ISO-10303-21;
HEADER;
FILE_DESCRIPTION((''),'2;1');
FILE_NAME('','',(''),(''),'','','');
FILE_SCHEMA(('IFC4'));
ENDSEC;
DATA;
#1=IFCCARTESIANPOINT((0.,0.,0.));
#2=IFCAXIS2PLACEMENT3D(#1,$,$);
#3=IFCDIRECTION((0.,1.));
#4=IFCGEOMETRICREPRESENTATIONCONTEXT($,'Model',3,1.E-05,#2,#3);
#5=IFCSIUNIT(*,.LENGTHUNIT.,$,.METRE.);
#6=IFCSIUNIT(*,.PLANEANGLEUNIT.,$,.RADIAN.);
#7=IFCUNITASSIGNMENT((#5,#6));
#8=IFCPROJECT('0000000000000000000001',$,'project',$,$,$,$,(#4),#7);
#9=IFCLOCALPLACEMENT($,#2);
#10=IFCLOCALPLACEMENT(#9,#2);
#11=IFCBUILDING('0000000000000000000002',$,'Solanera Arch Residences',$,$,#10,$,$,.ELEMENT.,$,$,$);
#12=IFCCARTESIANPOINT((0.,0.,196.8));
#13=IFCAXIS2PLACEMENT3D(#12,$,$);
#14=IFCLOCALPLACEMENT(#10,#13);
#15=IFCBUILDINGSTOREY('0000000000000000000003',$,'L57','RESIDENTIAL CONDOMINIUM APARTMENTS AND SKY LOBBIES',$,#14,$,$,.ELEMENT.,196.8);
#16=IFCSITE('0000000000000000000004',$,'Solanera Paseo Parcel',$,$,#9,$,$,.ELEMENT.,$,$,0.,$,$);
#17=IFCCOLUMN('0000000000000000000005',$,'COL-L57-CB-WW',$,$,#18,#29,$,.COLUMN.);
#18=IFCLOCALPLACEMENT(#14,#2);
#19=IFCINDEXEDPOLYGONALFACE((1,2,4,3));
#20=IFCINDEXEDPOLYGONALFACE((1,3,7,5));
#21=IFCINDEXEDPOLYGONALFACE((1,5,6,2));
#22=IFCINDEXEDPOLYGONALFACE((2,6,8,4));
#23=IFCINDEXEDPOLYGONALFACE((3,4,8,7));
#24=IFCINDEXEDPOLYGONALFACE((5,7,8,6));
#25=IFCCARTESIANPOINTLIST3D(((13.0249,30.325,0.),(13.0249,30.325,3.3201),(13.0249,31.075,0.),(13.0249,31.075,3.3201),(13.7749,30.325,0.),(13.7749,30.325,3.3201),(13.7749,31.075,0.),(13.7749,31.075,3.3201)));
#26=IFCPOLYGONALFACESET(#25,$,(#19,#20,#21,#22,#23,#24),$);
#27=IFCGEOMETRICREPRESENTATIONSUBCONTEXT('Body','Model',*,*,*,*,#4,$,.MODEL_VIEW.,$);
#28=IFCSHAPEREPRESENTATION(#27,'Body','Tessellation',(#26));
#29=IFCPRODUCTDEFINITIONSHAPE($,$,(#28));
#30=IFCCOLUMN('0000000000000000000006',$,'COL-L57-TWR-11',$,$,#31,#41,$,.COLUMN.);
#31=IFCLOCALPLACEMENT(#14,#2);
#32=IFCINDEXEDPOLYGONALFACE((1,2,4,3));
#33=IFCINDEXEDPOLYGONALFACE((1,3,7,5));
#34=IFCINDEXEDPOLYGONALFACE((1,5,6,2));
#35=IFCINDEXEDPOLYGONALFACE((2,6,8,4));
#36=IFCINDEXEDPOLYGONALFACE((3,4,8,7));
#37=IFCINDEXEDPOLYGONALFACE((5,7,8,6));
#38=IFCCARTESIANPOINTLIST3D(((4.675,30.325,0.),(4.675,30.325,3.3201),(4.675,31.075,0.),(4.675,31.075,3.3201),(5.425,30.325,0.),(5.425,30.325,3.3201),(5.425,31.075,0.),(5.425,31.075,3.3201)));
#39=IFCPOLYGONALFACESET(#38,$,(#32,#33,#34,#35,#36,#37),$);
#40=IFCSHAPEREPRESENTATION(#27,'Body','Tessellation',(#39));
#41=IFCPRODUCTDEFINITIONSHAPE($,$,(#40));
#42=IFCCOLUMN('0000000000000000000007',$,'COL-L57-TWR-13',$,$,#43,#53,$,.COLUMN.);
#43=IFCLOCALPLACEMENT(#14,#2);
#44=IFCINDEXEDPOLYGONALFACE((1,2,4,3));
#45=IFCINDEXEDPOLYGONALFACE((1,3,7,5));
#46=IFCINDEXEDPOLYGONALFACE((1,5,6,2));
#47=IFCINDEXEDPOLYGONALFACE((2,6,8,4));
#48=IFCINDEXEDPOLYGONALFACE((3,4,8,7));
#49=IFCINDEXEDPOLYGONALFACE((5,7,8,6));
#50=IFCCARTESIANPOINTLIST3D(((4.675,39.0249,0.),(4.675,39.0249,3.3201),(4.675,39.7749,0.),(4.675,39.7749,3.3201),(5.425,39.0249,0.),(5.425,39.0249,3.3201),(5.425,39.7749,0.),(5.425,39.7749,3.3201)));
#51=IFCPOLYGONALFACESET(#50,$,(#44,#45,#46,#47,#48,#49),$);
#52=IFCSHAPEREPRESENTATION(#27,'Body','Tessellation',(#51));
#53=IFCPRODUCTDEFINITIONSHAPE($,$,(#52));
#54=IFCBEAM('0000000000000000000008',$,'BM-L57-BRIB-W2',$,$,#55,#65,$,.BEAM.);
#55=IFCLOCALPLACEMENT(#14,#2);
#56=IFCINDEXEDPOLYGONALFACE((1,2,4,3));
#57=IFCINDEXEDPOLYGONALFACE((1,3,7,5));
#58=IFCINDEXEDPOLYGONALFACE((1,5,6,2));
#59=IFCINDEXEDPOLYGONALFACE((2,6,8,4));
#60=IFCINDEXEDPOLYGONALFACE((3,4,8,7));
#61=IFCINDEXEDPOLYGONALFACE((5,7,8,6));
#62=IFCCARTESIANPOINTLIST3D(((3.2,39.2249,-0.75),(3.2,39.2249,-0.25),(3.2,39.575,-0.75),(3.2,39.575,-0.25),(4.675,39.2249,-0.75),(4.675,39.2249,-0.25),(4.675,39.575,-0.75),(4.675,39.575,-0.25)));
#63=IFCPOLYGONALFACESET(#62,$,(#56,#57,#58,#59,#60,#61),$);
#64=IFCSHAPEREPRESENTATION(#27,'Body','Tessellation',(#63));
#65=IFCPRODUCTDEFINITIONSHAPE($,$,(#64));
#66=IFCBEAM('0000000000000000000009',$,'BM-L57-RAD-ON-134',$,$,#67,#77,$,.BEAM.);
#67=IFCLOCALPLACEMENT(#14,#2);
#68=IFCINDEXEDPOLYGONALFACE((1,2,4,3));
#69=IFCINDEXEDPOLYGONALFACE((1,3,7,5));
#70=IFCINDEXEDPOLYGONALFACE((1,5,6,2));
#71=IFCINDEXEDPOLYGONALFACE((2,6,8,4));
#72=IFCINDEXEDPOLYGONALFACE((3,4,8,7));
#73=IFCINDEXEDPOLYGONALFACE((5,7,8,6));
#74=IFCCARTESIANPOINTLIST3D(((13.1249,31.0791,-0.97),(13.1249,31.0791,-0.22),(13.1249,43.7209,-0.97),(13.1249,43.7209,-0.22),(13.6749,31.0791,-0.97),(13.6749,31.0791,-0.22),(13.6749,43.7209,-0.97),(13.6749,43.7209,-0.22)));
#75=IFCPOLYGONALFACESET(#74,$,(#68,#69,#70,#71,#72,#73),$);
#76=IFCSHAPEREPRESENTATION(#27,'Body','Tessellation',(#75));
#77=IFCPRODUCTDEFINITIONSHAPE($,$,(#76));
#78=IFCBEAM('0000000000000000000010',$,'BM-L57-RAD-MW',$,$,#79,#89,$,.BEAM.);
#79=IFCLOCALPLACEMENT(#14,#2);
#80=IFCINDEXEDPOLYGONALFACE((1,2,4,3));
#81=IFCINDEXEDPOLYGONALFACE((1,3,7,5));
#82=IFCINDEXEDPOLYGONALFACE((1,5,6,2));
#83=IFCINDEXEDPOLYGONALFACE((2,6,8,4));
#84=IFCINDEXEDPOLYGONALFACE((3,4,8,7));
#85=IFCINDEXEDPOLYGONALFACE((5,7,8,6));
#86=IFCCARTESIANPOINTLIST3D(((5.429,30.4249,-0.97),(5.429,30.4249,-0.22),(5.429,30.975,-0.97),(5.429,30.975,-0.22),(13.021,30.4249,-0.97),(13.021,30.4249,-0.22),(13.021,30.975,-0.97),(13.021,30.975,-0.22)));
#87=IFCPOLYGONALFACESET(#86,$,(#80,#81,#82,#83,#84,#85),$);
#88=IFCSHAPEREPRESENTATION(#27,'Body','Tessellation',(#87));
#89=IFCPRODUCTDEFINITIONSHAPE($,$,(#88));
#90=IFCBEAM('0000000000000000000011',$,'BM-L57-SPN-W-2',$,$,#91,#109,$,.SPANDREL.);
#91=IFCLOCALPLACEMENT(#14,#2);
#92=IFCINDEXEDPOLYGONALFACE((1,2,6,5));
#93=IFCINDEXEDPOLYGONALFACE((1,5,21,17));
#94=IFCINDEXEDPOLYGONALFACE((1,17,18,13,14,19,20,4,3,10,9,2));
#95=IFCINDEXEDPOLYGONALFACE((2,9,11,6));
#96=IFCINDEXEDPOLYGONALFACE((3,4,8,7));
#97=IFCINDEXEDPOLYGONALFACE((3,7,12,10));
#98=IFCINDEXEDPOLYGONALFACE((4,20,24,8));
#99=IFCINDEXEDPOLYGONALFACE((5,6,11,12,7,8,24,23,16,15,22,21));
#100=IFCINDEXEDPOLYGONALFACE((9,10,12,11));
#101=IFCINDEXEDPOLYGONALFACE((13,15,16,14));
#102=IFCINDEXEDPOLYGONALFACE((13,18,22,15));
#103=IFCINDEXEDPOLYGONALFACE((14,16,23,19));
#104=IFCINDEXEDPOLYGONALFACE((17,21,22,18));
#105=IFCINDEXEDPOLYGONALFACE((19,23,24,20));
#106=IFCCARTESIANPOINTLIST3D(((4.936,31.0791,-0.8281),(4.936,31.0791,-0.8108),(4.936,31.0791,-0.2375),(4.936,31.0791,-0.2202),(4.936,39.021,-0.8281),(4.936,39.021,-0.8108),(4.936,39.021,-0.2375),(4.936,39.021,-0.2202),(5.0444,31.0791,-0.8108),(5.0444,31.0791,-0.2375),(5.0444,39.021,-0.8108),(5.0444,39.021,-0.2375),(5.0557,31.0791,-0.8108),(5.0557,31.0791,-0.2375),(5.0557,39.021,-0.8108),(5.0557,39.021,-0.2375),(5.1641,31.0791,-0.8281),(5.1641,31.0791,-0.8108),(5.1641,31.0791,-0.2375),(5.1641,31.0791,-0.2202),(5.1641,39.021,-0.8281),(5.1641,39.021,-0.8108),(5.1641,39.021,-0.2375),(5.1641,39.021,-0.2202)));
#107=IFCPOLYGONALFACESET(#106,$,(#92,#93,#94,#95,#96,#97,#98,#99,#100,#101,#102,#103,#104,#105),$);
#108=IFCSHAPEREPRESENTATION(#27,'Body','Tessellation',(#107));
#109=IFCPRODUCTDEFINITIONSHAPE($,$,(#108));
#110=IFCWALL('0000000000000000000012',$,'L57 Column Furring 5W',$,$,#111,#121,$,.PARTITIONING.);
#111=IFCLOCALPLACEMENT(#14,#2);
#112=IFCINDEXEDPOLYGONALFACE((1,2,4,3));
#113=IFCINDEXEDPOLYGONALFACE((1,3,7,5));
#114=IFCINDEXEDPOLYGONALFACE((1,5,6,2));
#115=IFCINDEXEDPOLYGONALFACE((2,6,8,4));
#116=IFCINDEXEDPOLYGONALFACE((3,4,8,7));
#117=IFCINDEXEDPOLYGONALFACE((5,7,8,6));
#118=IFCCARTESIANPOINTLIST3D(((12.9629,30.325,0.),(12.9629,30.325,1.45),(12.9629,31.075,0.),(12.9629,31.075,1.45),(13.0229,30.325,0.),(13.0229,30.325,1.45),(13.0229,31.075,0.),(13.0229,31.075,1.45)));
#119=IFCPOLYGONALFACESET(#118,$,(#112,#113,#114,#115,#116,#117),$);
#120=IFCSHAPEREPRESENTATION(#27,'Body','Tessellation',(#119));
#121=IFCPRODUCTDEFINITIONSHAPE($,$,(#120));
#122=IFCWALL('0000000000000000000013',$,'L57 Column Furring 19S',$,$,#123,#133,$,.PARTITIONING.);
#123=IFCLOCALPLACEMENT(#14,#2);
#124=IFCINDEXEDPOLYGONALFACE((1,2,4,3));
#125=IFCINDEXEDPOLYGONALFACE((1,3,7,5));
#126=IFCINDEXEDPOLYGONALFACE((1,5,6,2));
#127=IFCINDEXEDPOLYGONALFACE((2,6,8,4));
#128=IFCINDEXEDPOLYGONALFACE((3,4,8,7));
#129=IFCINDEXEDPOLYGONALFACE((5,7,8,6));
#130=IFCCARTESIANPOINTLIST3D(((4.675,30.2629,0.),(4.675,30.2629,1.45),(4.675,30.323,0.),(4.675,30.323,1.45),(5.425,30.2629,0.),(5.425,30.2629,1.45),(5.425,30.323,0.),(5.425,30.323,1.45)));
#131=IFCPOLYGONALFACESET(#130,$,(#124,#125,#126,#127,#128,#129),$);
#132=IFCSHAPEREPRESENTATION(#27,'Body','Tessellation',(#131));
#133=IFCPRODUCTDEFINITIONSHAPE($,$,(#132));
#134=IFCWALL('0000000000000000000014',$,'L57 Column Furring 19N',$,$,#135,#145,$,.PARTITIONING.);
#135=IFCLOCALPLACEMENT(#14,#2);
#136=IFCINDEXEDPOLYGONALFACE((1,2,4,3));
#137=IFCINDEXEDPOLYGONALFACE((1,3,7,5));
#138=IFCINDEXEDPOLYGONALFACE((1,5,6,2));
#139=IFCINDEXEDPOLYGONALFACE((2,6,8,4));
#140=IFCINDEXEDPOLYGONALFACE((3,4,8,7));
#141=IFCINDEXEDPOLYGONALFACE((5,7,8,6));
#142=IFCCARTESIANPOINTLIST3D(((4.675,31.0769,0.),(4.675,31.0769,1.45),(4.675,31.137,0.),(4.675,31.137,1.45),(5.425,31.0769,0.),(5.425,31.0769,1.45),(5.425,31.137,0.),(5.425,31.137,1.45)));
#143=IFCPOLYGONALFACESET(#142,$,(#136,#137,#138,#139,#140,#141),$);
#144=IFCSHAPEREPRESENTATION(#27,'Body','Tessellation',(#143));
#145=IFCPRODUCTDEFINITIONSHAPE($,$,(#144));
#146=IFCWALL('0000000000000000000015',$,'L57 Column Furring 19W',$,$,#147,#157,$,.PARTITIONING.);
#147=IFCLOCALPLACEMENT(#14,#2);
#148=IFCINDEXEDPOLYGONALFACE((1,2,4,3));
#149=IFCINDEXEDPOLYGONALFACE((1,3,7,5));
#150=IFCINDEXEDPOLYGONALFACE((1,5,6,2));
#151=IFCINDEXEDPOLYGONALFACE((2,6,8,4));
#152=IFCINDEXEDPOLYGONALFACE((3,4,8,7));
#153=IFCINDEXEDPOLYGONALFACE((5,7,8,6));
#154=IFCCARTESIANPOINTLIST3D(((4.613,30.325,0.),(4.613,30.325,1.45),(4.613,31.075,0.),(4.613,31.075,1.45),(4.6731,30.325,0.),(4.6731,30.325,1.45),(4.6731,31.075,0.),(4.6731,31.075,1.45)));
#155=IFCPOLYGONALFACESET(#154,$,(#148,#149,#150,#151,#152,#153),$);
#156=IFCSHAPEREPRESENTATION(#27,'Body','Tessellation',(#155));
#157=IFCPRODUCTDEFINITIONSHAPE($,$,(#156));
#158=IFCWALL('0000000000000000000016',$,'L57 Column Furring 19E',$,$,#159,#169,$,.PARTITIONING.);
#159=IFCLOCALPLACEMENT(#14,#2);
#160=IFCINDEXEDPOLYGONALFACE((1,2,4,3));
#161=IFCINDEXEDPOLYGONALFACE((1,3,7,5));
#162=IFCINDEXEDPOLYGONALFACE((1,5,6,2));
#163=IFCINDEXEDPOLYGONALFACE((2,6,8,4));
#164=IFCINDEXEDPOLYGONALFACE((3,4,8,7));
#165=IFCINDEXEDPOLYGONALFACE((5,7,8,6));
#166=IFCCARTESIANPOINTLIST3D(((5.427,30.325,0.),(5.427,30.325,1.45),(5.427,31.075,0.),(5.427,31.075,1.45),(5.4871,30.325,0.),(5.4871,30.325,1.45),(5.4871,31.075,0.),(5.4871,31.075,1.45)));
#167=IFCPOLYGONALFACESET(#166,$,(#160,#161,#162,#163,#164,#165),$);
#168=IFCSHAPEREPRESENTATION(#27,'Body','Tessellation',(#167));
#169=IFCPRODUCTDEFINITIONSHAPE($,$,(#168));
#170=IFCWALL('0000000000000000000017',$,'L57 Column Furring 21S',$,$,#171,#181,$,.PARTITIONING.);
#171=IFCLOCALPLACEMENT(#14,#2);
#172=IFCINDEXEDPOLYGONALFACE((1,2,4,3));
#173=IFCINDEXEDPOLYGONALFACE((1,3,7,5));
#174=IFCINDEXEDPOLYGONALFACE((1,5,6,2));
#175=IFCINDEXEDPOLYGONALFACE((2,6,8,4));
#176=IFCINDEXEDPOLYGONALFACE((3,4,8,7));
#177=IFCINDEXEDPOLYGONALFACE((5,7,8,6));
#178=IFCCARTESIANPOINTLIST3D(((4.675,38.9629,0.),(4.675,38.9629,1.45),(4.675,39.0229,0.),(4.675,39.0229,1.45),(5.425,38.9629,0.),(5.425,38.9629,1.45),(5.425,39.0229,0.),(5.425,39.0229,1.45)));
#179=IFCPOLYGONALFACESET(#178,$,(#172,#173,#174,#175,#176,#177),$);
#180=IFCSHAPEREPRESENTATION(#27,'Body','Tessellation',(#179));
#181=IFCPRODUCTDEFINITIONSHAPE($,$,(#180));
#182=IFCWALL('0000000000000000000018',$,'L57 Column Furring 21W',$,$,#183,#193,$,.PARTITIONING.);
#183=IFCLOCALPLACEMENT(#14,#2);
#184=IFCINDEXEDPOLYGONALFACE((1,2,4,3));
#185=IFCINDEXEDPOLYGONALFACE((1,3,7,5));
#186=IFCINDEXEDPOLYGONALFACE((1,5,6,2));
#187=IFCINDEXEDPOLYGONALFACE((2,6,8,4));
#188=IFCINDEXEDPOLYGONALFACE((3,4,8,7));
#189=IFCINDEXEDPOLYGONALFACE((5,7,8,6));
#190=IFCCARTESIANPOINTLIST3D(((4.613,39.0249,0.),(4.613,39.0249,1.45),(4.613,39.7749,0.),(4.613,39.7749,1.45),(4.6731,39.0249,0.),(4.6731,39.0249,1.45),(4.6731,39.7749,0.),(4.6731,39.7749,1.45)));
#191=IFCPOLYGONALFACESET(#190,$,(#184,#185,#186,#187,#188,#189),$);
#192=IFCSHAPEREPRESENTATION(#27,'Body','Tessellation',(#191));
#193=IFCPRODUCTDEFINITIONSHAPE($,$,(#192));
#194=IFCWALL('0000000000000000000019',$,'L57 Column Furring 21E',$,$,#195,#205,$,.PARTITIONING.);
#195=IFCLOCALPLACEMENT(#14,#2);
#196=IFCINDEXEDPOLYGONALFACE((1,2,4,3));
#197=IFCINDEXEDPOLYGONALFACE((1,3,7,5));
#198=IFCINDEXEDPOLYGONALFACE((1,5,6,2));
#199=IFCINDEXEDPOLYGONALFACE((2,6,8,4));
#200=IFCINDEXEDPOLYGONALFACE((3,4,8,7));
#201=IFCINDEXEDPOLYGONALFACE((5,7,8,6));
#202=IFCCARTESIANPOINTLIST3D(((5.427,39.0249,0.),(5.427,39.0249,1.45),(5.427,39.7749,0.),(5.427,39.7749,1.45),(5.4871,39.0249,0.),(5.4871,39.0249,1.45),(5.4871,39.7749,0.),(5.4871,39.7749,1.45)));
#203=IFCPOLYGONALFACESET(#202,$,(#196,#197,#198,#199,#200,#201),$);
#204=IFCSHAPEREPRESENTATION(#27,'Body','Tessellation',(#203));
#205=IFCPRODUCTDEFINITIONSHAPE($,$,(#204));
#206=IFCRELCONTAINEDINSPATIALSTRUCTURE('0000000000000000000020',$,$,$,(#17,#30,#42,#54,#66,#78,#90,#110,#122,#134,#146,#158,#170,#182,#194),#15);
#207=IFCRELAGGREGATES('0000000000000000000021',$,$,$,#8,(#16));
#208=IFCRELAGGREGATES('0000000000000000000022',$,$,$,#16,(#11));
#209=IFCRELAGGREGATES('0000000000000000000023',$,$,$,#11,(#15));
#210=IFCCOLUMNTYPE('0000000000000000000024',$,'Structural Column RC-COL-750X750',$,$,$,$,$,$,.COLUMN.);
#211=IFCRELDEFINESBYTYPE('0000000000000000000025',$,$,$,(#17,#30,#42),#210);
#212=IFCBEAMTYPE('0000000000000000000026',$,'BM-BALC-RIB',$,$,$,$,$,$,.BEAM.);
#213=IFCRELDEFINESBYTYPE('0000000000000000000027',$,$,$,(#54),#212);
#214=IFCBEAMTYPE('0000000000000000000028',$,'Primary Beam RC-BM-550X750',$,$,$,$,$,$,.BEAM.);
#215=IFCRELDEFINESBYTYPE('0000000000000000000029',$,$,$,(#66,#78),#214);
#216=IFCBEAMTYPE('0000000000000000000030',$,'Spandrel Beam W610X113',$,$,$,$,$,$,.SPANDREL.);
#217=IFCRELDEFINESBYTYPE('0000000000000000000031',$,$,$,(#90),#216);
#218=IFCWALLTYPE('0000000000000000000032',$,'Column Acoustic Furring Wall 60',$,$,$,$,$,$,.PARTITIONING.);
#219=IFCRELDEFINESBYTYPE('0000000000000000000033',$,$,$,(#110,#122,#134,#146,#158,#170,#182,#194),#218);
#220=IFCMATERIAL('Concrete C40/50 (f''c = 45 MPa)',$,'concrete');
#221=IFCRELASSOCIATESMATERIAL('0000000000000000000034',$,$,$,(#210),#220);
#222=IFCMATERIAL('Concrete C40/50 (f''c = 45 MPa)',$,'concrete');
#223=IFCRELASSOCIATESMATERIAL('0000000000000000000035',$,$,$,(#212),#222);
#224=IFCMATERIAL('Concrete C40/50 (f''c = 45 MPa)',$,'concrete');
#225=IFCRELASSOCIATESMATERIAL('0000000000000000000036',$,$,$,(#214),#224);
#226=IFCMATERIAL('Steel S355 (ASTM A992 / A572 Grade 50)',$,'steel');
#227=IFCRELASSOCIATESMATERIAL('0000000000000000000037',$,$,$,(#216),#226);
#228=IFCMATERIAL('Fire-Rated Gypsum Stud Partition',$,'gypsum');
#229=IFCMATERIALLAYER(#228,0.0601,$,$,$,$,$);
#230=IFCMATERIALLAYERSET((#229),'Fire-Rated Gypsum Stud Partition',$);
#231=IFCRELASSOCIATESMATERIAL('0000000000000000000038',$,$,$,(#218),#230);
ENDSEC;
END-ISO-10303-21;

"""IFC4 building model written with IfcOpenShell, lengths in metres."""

from ifc_helpers import new_model, si_unit, direction, frame, frame_2d, origin, origin_2d, place, context, subcontext, project, spatial, rectangle, i_section, extrude, material, layer, layer_set, material_profile, profile_set, type_object, element, save


model = new_model("IFC4")

# Units and contexts
model_context = context("Model", 3, precision=1e-05, world=origin(), true_north=direction((0.0, 1.0)))
body_context = subcontext(model_context, "Body", "Model", "MODEL_VIEW")
ifc_project = project(units=[si_unit("LENGTHUNIT", "METRE"), si_unit("PLANEANGLEUNIT", "RADIAN")], contexts=[model_context])

# Site, building, storey
site_placement = place(None, origin())
site = spatial("IfcSite", under=ifc_project, at=site_placement, Name="Solanera Paseo Parcel", CompositionType="ELEMENT", RefElevation=0.0)
building_placement = place(site_placement, origin())
building = spatial("IfcBuilding", under=site, at=building_placement, Name="Solanera Arch Residences", CompositionType="ELEMENT")
storey_placement = place(building_placement, frame((0.0, 0.0, 196.8)))
storey = spatial("IfcBuildingStorey", under=building, at=storey_placement, Name="L57", Description="RESIDENTIAL CONDOMINIUM APARTMENTS AND SKY LOBBIES", CompositionType="ELEMENT", Elevation=196.8)

# Columns
ifc_material_1 = material(Name="Concrete C40/50 (f'c = 45 MPa)", Category="concrete")
ifc_material_profile_1 = material_profile(ifc_material_1, rectangle(XDim=0.75, YDim=0.75, at=origin_2d()))
ifc_profile_set_1 = profile_set([ifc_material_profile_1], Name="Concrete C40/50 (f'c = 45 MPa)")
column_type = type_object("IfcColumnType", Name="Structural Column RC-COL-750X750", PredefinedType="COLUMN", material=ifc_profile_set_1)
for number, where, z_axis, x_axis, name in (
    (1, (13.3999, 30.7, 0.0), (0.0, 0.0, 1.0), (1.0, 0.0, 0.0), "COL-L57-CB-WW"),
    (2, (5.05, 30.7, 0.0), (0.0, 0.0, 1.0), (1.0, 0.0, 0.0), "COL-L57-TWR-11"),
    (3, (5.05, 39.3999, 0.0), (0.0, 0.0, 1.0), (1.0, 0.0, 0.0), "COL-L57-TWR-13"),
):
    element("IfcColumn", number, at=place(storey_placement, frame(where, z_axis=z_axis, x_axis=x_axis)), inside=storey, type_object=column_type, Name=name, PredefinedType="COLUMN", context=body_context, shape_type="SweptSolid", body=[
        extrude(rectangle(XDim=0.75, YDim=0.75, at=origin_2d()), origin(), (0.0, 0.0, 1.0), 3.3201),
    ])

# Beams
ifc_material_2 = material(Name="Concrete C40/50 (f'c = 45 MPa)", Category="concrete")
ifc_material_profile_2 = material_profile(ifc_material_2, rectangle(XDim=0.3501, YDim=0.5, at=origin_2d()))
ifc_profile_set_2 = profile_set([ifc_material_profile_2], Name="Concrete C40/50 (f'c = 45 MPa)")
beam_type_1 = type_object("IfcBeamType", Name="BM-BALC-RIB", PredefinedType="BEAM", material=ifc_profile_set_2)
beam_1_placement = place(storey_placement, frame((3.2, 39.3999, -0.5), z_axis=(1.0, 0.0, 0.0), x_axis=(0.0, 1.0, 0.0)))
element("IfcBeam", 4, at=beam_1_placement, inside=storey, type_object=beam_type_1, Name="BM-L57-BRIB-W2", PredefinedType="BEAM", context=body_context, shape_type="SweptSolid", body=[
    extrude(rectangle(XDim=0.3501, YDim=0.5, at=origin_2d()), origin(), (0.0, 0.0, 1.0), 1.4751),
])
ifc_material_3 = material(Name="Concrete C40/50 (f'c = 45 MPa)", Category="concrete")
ifc_material_profile_3 = material_profile(ifc_material_3, rectangle(XDim=0.55, YDim=0.75, at=origin_2d()))
ifc_profile_set_3 = profile_set([ifc_material_profile_3], Name="Concrete C40/50 (f'c = 45 MPa)")
beam_type_2 = type_object("IfcBeamType", Name="Primary Beam RC-BM-550X750", PredefinedType="BEAM", material=ifc_profile_set_3)
beam_2_placement = place(storey_placement, frame((13.3999, 31.0791, -0.595), z_axis=(0.0, 1.0, 0.0), x_axis=(-1.0, 0.0, 0.0)))
element("IfcBeam", 5, at=beam_2_placement, inside=storey, type_object=beam_type_2, Name="BM-L57-RAD-ON-134", PredefinedType="BEAM", context=body_context, shape_type="SweptSolid", body=[
    extrude(rectangle(XDim=0.55, YDim=0.75, at=origin_2d()), origin(), (0.0, 0.0, 1.0), 12.6418),
])
beam_3_placement = place(storey_placement, frame((5.429, 30.7, -0.595), z_axis=(1.0, 0.0, 0.0), x_axis=(0.0, 1.0, 0.0)))
element("IfcBeam", 6, at=beam_3_placement, inside=storey, type_object=beam_type_2, Name="BM-L57-RAD-MW", PredefinedType="BEAM", context=body_context, shape_type="SweptSolid", body=[
    extrude(rectangle(XDim=0.55, YDim=0.75, at=origin_2d()), origin(), (0.0, 0.0, 1.0), 7.592),
])
ifc_material_4 = material(Name="Steel S355 (ASTM A992 / A572 Grade 50)", Category="steel")
ifc_material_profile_4 = material_profile(ifc_material_4, i_section(OverallWidth=0.228, OverallDepth=0.6079, WebThickness=0.0112, FlangeThickness=0.0173, at=origin_2d()))
ifc_profile_set_4 = profile_set([ifc_material_profile_4], Name="Steel S355 (ASTM A992 / A572 Grade 50)")
beam_type_3 = type_object("IfcBeamType", Name="Spandrel Beam W610X113", PredefinedType="SPANDREL", material=ifc_profile_set_4)
beam_4_placement = place(storey_placement, frame((5.05, 31.0791, -0.5242), z_axis=(0.0, 1.0, 0.0), x_axis=(-1.0, 0.0, 0.0)))
element("IfcBeam", 7, at=beam_4_placement, inside=storey, type_object=beam_type_3, Name="BM-L57-SPN-W-2", PredefinedType="SPANDREL", context=body_context, shape_type="SweptSolid", body=[
    extrude(i_section(OverallWidth=0.228, OverallDepth=0.6079, WebThickness=0.0112, FlangeThickness=0.0173, at=origin_2d()), origin(), (0.0, 0.0, 1.0), 7.9419),
])

# Walls
ifc_material_5 = material(Name="Fire-Rated Gypsum Stud Partition", Category="gypsum")
ifc_layer_1 = layer(ifc_material_5, 0.0601)
ifc_layer_set_1 = layer_set([ifc_layer_1], Name="Fire-Rated Gypsum Stud Partition")
wall_type_1 = type_object("IfcWallType", Name="Column Acoustic Furring Wall 60", PredefinedType="PARTITIONING", material=ifc_layer_set_1)
for number, where, z_axis, x_axis, name in (
    (8, (12.9929, 30.325, 0.0), (0.0, 0.0, 1.0), (0.0, 1.0, 0.0), "L57 Column Furring 5W"),
    (9, (4.675, 30.293, 0.0), (0.0, 0.0, 1.0), (1.0, 0.0, 0.0), "L57 Column Furring 19S"),
    (10, (4.675, 31.1069, 0.0), (0.0, 0.0, 1.0), (1.0, 0.0, 0.0), "L57 Column Furring 19N"),
    (11, (4.6431, 30.325, 0.0), (0.0, 0.0, 1.0), (0.0, 1.0, 0.0), "L57 Column Furring 19W"),
    (12, (5.457, 30.325, 0.0), (0.0, 0.0, 1.0), (0.0, 1.0, 0.0), "L57 Column Furring 19E"),
    (13, (4.675, 38.9929, 0.0), (0.0, 0.0, 1.0), (1.0, 0.0, 0.0), "L57 Column Furring 21S"),
    (14, (4.6431, 39.0249, 0.0), (0.0, 0.0, 1.0), (0.0, 1.0, 0.0), "L57 Column Furring 21W"),
    (15, (5.457, 39.0249, 0.0), (0.0, 0.0, 1.0), (0.0, 1.0, 0.0), "L57 Column Furring 21E"),
):
    element("IfcWall", number, at=place(storey_placement, frame(where, z_axis=z_axis, x_axis=x_axis)), inside=storey, type_object=wall_type_1, Name=name, PredefinedType="PARTITIONING", context=body_context, shape_type="SweptSolid", body=[
        extrude(rectangle(XDim=0.75, YDim=0.0601, at=frame_2d((0.375, 0.0))), origin(), (0.0, 0.0, 1.0), 1.45),
    ])

save(model, "model.ifc")
